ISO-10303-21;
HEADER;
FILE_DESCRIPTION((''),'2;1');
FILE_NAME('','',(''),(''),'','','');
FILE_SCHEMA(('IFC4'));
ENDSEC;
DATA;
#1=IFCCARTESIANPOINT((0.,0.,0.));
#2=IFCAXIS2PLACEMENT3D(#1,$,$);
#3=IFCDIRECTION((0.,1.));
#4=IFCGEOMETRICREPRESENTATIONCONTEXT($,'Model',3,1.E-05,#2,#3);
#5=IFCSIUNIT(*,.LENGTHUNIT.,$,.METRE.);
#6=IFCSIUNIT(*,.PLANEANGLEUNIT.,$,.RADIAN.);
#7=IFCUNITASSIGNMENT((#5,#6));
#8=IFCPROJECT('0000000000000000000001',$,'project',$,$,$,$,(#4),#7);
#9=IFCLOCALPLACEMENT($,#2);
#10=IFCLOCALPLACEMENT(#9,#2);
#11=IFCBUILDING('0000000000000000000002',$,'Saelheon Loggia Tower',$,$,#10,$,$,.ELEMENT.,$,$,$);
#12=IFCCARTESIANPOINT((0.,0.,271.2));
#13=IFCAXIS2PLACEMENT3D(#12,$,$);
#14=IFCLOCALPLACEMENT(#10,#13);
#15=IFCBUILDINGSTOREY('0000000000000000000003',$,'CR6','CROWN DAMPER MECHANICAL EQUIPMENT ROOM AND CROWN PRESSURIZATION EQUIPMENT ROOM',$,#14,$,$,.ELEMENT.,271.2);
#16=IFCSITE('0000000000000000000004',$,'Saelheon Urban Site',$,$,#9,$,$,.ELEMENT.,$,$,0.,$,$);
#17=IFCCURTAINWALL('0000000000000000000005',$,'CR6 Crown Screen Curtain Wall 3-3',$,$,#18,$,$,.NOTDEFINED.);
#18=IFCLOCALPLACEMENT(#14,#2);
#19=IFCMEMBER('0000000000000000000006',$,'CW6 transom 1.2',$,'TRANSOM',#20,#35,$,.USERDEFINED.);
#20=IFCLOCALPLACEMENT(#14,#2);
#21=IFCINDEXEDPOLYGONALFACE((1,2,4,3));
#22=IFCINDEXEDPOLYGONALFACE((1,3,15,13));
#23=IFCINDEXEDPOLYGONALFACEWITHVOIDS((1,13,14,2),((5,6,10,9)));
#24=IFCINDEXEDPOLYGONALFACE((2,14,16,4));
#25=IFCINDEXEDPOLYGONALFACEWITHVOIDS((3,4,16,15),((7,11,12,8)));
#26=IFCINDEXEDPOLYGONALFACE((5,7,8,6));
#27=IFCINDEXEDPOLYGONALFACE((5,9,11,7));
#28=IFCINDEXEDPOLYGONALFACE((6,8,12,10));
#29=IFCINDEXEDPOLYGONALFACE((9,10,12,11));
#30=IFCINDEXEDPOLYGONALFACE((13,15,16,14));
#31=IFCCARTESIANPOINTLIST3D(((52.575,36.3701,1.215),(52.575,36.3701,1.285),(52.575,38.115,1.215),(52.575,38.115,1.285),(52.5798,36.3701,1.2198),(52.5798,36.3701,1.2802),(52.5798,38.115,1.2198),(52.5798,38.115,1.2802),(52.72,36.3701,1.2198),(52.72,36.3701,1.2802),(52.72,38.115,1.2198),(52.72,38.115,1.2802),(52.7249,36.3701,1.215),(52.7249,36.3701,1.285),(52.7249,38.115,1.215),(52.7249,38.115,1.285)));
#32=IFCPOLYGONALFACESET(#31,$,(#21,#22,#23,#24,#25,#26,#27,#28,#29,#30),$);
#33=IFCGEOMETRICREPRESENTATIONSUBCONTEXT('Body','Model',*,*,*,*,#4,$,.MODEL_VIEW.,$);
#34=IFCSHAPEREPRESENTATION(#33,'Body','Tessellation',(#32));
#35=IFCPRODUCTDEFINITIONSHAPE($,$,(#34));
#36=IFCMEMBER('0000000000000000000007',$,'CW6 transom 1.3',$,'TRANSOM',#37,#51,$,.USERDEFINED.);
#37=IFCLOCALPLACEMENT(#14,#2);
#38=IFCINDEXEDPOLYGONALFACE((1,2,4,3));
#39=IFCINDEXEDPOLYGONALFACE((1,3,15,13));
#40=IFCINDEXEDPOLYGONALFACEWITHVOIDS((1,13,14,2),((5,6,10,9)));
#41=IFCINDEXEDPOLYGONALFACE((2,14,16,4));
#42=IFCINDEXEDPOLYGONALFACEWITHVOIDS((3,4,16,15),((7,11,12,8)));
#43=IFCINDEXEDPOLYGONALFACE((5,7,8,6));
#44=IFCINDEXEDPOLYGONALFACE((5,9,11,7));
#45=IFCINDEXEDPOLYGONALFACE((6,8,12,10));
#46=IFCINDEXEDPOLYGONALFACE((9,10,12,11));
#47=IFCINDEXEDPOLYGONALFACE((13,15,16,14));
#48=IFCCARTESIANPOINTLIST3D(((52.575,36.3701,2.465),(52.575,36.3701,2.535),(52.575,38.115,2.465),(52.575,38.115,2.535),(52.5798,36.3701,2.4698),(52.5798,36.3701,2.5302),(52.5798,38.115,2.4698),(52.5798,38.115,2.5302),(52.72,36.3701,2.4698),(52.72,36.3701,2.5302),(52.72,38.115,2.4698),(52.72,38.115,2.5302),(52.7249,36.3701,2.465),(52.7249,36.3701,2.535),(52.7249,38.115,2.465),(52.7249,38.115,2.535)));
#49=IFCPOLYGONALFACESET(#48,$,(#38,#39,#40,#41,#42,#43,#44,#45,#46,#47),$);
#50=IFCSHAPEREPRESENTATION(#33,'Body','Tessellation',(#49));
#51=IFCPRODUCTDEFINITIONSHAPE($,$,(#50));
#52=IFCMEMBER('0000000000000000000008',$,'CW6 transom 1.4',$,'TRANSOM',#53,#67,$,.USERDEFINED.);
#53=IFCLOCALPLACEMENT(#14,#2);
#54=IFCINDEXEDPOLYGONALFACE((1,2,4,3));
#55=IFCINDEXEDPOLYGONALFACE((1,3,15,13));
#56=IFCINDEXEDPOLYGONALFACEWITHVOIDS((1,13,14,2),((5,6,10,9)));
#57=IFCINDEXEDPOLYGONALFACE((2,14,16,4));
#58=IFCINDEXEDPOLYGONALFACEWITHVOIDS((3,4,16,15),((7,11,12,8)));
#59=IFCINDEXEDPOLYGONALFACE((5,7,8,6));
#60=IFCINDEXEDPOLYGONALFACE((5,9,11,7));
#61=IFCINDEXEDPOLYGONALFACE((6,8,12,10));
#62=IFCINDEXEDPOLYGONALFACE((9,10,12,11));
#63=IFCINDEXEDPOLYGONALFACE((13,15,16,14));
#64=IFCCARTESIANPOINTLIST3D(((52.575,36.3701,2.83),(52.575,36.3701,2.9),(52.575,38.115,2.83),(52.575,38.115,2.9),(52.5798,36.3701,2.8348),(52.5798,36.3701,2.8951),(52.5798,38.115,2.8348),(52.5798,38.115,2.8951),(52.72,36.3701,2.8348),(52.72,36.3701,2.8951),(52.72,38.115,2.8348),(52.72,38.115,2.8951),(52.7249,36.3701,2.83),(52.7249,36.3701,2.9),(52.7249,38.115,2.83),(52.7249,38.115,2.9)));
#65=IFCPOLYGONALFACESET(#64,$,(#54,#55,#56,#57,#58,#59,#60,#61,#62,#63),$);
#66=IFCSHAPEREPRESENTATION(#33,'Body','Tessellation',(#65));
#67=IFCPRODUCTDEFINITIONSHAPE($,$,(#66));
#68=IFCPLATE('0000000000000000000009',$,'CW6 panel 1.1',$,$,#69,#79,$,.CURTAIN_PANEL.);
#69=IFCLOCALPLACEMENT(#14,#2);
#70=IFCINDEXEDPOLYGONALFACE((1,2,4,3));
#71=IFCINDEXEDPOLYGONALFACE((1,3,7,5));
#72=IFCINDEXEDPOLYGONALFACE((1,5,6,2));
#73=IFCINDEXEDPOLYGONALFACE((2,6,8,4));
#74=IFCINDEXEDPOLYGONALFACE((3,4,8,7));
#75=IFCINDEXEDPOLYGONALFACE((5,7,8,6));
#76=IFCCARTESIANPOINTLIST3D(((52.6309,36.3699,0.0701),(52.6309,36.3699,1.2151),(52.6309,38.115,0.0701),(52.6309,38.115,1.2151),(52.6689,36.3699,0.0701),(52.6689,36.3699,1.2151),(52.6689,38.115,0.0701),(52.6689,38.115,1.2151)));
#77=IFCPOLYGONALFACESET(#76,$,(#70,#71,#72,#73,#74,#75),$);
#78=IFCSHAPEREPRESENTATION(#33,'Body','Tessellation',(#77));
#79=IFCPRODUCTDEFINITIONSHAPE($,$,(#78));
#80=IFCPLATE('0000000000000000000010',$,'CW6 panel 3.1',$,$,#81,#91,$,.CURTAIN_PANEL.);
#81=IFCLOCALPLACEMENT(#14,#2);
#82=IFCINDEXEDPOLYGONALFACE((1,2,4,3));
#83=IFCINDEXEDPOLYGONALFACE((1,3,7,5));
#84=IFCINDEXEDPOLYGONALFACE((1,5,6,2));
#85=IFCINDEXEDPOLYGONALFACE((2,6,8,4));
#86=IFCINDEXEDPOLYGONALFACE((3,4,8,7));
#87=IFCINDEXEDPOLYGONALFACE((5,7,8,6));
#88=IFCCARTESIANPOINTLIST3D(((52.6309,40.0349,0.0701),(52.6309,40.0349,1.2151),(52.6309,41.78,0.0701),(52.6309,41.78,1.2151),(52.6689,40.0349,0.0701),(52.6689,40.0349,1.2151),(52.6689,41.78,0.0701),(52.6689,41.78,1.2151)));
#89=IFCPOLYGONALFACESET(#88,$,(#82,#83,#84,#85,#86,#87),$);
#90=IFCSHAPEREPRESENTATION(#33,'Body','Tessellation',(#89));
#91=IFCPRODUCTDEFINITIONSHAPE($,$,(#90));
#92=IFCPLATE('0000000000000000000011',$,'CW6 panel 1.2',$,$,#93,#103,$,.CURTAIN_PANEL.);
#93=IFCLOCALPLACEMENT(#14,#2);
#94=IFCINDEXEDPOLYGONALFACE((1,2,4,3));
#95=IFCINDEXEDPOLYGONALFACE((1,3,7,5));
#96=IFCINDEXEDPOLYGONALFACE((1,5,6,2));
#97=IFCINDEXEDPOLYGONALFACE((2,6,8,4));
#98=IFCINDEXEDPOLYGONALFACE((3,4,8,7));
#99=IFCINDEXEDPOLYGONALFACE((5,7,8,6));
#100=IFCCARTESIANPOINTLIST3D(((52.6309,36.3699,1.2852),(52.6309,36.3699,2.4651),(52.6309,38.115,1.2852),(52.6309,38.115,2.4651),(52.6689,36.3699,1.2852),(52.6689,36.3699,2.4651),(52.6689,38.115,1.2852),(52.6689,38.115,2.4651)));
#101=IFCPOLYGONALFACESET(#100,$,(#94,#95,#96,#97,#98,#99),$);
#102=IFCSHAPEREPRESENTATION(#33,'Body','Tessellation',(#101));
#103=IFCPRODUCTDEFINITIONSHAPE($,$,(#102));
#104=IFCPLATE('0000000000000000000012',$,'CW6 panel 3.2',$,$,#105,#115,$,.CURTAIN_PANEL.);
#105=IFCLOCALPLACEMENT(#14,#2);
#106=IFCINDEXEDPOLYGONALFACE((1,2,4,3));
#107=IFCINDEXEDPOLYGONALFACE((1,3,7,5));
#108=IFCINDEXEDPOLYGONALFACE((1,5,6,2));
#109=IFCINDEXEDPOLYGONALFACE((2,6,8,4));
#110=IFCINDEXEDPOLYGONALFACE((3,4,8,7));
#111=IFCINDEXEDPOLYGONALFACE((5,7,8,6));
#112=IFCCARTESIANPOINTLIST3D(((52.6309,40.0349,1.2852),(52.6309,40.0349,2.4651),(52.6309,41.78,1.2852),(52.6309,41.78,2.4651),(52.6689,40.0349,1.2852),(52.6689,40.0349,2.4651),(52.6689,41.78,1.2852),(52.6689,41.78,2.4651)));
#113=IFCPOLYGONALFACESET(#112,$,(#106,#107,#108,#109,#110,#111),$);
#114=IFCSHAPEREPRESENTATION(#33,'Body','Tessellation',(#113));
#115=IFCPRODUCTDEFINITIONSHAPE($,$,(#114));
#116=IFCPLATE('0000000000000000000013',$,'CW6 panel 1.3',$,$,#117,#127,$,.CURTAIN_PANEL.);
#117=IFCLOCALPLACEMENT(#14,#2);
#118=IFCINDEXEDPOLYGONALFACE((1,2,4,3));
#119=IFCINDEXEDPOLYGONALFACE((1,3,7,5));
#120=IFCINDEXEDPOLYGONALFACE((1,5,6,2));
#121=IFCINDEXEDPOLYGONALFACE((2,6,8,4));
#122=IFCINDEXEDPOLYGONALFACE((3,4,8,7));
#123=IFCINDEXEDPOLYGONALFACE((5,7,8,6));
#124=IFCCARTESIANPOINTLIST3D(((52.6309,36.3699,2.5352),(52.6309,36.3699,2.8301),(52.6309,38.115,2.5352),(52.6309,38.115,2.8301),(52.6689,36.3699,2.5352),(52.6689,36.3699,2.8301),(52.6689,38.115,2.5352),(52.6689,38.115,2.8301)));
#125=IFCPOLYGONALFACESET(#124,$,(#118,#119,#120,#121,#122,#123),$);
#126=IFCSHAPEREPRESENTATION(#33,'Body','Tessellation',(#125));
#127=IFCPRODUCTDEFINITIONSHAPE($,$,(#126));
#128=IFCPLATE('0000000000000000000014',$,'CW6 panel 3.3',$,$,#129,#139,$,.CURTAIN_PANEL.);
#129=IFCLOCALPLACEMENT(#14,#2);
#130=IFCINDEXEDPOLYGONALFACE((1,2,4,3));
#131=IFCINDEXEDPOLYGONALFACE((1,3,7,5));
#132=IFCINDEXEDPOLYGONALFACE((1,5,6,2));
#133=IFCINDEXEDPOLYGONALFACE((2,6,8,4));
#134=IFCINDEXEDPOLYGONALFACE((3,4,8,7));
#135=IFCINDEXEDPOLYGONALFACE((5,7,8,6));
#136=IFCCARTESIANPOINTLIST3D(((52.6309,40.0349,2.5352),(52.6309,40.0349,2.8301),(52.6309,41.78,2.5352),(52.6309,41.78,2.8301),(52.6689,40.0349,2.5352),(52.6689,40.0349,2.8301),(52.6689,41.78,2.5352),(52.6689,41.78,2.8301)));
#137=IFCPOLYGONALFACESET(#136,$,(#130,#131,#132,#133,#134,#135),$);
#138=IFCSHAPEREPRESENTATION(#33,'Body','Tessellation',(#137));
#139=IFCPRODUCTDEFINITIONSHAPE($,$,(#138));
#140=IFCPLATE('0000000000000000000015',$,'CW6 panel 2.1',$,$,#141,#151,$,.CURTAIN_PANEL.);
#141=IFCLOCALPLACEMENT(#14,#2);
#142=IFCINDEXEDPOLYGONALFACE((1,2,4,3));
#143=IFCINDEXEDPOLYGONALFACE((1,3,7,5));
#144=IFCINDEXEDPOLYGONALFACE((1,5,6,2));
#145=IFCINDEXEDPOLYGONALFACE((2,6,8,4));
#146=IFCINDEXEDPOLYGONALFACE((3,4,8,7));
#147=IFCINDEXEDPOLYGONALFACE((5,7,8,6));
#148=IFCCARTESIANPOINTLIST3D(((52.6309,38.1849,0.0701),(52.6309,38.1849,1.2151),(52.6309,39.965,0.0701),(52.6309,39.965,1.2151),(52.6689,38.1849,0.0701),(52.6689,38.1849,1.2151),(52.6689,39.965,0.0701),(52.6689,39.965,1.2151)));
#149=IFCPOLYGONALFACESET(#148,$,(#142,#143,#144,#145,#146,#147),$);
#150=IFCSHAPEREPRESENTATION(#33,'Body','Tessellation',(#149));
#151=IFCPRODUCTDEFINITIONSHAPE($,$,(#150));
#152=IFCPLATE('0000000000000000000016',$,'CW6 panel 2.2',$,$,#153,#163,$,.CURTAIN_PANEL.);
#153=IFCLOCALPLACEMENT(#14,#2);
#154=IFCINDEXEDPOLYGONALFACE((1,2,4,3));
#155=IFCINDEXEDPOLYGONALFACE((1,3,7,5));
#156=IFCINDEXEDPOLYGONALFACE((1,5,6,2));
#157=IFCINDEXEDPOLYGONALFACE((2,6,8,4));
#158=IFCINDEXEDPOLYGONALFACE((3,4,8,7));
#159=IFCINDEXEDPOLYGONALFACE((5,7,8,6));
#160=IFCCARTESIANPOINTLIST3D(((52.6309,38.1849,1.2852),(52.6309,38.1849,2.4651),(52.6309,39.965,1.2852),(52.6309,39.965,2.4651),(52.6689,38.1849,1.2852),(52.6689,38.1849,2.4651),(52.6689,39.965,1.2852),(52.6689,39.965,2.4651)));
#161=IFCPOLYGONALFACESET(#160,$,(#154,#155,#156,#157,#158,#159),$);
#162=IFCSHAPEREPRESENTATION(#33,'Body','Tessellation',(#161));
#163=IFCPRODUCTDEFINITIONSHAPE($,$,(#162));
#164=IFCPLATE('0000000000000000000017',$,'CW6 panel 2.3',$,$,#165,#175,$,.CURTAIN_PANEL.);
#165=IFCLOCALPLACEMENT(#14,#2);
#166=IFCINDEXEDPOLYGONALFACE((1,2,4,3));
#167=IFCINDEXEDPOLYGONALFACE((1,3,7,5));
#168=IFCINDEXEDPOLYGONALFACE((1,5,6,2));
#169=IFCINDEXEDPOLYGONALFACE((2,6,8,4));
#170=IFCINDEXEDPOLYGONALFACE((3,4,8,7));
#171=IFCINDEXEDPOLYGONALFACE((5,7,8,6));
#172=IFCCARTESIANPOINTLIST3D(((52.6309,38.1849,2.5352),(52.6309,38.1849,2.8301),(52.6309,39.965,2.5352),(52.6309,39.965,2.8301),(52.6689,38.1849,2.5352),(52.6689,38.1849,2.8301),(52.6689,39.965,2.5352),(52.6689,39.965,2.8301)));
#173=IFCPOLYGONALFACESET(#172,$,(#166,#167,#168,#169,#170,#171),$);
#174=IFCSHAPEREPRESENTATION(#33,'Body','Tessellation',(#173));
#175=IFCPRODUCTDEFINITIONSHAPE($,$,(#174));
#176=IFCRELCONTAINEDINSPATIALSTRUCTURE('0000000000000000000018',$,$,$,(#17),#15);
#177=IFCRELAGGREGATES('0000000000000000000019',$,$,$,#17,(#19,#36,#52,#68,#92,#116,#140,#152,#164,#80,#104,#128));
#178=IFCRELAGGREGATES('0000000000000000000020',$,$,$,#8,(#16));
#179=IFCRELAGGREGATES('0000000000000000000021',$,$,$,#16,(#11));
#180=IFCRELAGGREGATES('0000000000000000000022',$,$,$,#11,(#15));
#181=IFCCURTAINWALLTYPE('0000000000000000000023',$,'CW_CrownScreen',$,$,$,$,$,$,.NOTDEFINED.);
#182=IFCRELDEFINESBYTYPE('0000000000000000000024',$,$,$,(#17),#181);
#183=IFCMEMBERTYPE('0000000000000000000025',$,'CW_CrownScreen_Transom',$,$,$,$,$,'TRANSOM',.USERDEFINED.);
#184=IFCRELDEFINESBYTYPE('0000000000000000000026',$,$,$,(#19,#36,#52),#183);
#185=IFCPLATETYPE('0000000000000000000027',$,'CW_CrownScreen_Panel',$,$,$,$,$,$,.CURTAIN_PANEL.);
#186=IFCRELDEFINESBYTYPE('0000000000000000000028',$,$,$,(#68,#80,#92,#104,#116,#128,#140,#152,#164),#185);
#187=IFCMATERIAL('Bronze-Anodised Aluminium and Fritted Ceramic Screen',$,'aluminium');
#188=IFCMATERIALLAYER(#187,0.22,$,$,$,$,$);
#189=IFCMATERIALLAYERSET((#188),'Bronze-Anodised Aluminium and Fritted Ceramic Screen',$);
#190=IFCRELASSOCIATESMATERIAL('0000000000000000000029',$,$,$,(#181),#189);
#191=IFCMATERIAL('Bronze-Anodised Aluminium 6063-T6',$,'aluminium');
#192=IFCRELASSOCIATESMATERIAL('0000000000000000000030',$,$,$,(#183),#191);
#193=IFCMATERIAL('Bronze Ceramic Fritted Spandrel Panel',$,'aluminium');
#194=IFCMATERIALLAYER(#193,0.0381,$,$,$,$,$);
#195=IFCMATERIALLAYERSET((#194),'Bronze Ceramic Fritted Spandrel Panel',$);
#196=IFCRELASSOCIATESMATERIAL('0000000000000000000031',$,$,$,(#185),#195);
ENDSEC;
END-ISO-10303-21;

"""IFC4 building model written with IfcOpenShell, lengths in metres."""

from ifc_helpers import new_model, si_unit, direction, frame, origin, origin_2d, place, context, subcontext, project, spatial, rectangle, hollow_rectangle, extrude, source, transform, mapped, material, layer, layer_set, material_profile, profile_set, type_object, element, aggregate, save


model = new_model("IFC4")

# Units and contexts
model_context = context("Model", 3, precision=1e-05, world=origin(), true_north=direction((0.0, 1.0)))
body_context = subcontext(model_context, "Body", "Model", "MODEL_VIEW")
ifc_project = project(units=[si_unit("LENGTHUNIT", "METRE"), si_unit("PLANEANGLEUNIT", "RADIAN")], contexts=[model_context])

# Site, building, storey
site_placement = place(None, origin())
site = spatial("IfcSite", under=ifc_project, at=site_placement, Name="Saelheon Urban Site", CompositionType="ELEMENT", RefElevation=0.0)
building_placement = place(site_placement, origin())
building = spatial("IfcBuilding", under=site, at=building_placement, Name="Saelheon Loggia Tower", CompositionType="ELEMENT")
storey_placement = place(building_placement, frame((0.0, 0.0, 271.2)))
storey = spatial("IfcBuildingStorey", under=building, at=storey_placement, Name="CR6", Description="CROWN DAMPER MECHANICAL EQUIPMENT ROOM AND CROWN PRESSURIZATION EQUIPMENT ROOM", CompositionType="ELEMENT", Elevation=271.2)

# Curtain wall, members, plates
ifc_material_1 = material(Name="Bronze-Anodised Aluminium and Fritted Ceramic Screen", Category="aluminium")
ifc_layer_1 = layer(ifc_material_1, 0.22)
ifc_layer_set_1 = layer_set([ifc_layer_1], Name="Bronze-Anodised Aluminium and Fritted Ceramic Screen")
curtain_wall_type = type_object("IfcCurtainWallType", Name="CW_CrownScreen", PredefinedType="NOTDEFINED", material=ifc_layer_set_1)
curtain_wall_placement = place(storey_placement, origin())
curtain_wall = element("IfcCurtainWall", 1, at=curtain_wall_placement, inside=storey, type_object=curtain_wall_type, Name="CR6 Crown Screen Curtain Wall 3-3", PredefinedType="NOTDEFINED")
ifc_material_2 = material(Name="Bronze-Anodised Aluminium 6063-T6", Category="aluminium")
ifc_material_profile_1 = material_profile(ifc_material_2, hollow_rectangle(XDim=0.0701, YDim=0.1499, WallThickness=0.0049, at=origin_2d()), Name="RHS-150x70x5")
ifc_profile_set_1 = profile_set([ifc_material_profile_1], Name="Bronze-Anodised Aluminium 6063-T6")
member_type_1 = type_object("IfcMemberType", Name="CW_CrownScreen_Transom", ElementType="TRANSOM", PredefinedType="USERDEFINED", material=ifc_profile_set_1)
shared_shape_1 = source(origin(), body_context, "Body", "SweptSolid", [
    extrude(hollow_rectangle(XDim=0.0701, YDim=0.1499, WallThickness=0.0049, at=origin_2d()), origin(), (0.0, 0.0, 1.0), 1.7449),
])
member_1_placement = place(storey_placement, frame((52.6499, 36.3701, 1.25), z_axis=(0.0, 1.0, 0.0), x_axis=(0.0, 0.0, 1.0)))
member_1 = element("IfcMember", 2, at=member_1_placement, type_object=member_type_1, Name="CW6 transom 1.2", ObjectType="TRANSOM", PredefinedType="USERDEFINED", context=body_context, shape_type="MappedRepresentation", body=[
    mapped(shared_shape_1, transform((0.0, 0.0, 0.0), scale=1.0)),
])
member_2_placement = place(storey_placement, frame((52.6499, 36.3701, 2.5), z_axis=(0.0, 1.0, 0.0), x_axis=(0.0, 0.0, 1.0)))
member_2 = element("IfcMember", 3, at=member_2_placement, type_object=member_type_1, Name="CW6 transom 1.3", ObjectType="TRANSOM", PredefinedType="USERDEFINED", context=body_context, shape_type="MappedRepresentation", body=[
    mapped(shared_shape_1, transform((0.0, 0.0, 0.0), scale=1.0)),
])
member_3_placement = place(storey_placement, frame((52.6499, 36.3701, 2.865), z_axis=(0.0, 1.0, 0.0), x_axis=(0.0, 0.0, 1.0)))
member_3 = element("IfcMember", 4, at=member_3_placement, type_object=member_type_1, Name="CW6 transom 1.4", ObjectType="TRANSOM", PredefinedType="USERDEFINED", context=body_context, shape_type="MappedRepresentation", body=[
    mapped(shared_shape_1, transform((0.0, 0.0, 0.0), scale=1.0)),
])
ifc_material_3 = material(Name="Bronze Ceramic Fritted Spandrel Panel", Category="aluminium")
ifc_layer_2 = layer(ifc_material_3, 0.0381)
ifc_layer_set_2 = layer_set([ifc_layer_2], Name="Bronze Ceramic Fritted Spandrel Panel")
plate_type = type_object("IfcPlateType", Name="CW_CrownScreen_Panel", PredefinedType="CURTAIN_PANEL", material=ifc_layer_set_2)
shared_shape_2 = source(origin(), body_context, "Body", "SweptSolid", [
    extrude(rectangle(XDim=1.7451, YDim=0.0381, at=origin_2d()), origin(), (0.0, 0.0, 1.0), 1.145),
])
plate_1_placement = place(storey_placement, frame((52.6499, 37.2424, 0.0701), z_axis=(0.0, 0.0, 1.0), x_axis=(0.0, 1.0, 0.0)))
plate_1 = element("IfcPlate", 5, at=plate_1_placement, type_object=plate_type, Name="CW6 panel 1.1", PredefinedType="CURTAIN_PANEL", context=body_context, shape_type="MappedRepresentation", body=[
    mapped(shared_shape_2, transform((0.0, 0.0, 0.0), scale=1.0)),
])
plate_2_placement = place(storey_placement, frame((52.6499, 40.9075, 0.0701), z_axis=(0.0, 0.0, 1.0), x_axis=(0.0, 1.0, 0.0)))
plate_2 = element("IfcPlate", 6, at=plate_2_placement, type_object=plate_type, Name="CW6 panel 3.1", PredefinedType="CURTAIN_PANEL", context=body_context, shape_type="MappedRepresentation", body=[
    mapped(shared_shape_2, transform((0.0, 0.0, 0.0), scale=1.0)),
])
shared_shape_3 = source(origin(), body_context, "Body", "SweptSolid", [
    extrude(rectangle(XDim=1.7451, YDim=0.0381, at=origin_2d()), origin(), (0.0, 0.0, 1.0), 1.1799),
])
plate_3_placement = place(storey_placement, frame((52.6499, 37.2424, 1.2852), z_axis=(0.0, 0.0, 1.0), x_axis=(0.0, 1.0, 0.0)))
plate_3 = element("IfcPlate", 7, at=plate_3_placement, type_object=plate_type, Name="CW6 panel 1.2", PredefinedType="CURTAIN_PANEL", context=body_context, shape_type="MappedRepresentation", body=[
    mapped(shared_shape_3, transform((0.0, 0.0, 0.0), scale=1.0)),
])
plate_4_placement = place(storey_placement, frame((52.6499, 40.9075, 1.2852), z_axis=(0.0, 0.0, 1.0), x_axis=(0.0, 1.0, 0.0)))
plate_4 = element("IfcPlate", 8, at=plate_4_placement, type_object=plate_type, Name="CW6 panel 3.2", PredefinedType="CURTAIN_PANEL", context=body_context, shape_type="MappedRepresentation", body=[
    mapped(shared_shape_3, transform((0.0, 0.0, 0.0), scale=1.0)),
])
shared_shape_4 = source(origin(), body_context, "Body", "SweptSolid", [
    extrude(rectangle(XDim=1.7451, YDim=0.0381, at=origin_2d()), origin(), (0.0, 0.0, 1.0), 0.2949),
])
plate_5_placement = place(storey_placement, frame((52.6499, 37.2424, 2.5352), z_axis=(0.0, 0.0, 1.0), x_axis=(0.0, 1.0, 0.0)))
plate_5 = element("IfcPlate", 9, at=plate_5_placement, type_object=plate_type, Name="CW6 panel 1.3", PredefinedType="CURTAIN_PANEL", context=body_context, shape_type="MappedRepresentation", body=[
    mapped(shared_shape_4, transform((0.0, 0.0, 0.0), scale=1.0)),
])
plate_6_placement = place(storey_placement, frame((52.6499, 40.9075, 2.5352), z_axis=(0.0, 0.0, 1.0), x_axis=(0.0, 1.0, 0.0)))
plate_6 = element("IfcPlate", 10, at=plate_6_placement, type_object=plate_type, Name="CW6 panel 3.3", PredefinedType="CURTAIN_PANEL", context=body_context, shape_type="MappedRepresentation", body=[
    mapped(shared_shape_4, transform((0.0, 0.0, 0.0), scale=1.0)),
])
shared_shape_5 = source(origin(), body_context, "Body", "SweptSolid", [
    extrude(rectangle(XDim=1.78, YDim=0.0381, at=origin_2d()), origin(), (0.0, 0.0, 1.0), 1.145),
])
plate_7_placement = place(storey_placement, frame((52.6499, 39.075, 0.0701), z_axis=(0.0, 0.0, 1.0), x_axis=(0.0, 1.0, 0.0)))
plate_7 = element("IfcPlate", 11, at=plate_7_placement, type_object=plate_type, Name="CW6 panel 2.1", PredefinedType="CURTAIN_PANEL", context=body_context, shape_type="MappedRepresentation", body=[
    mapped(shared_shape_5, transform((0.0, 0.0, 0.0), scale=1.0)),
])
shared_shape_6 = source(origin(), body_context, "Body", "SweptSolid", [
    extrude(rectangle(XDim=1.78, YDim=0.0381, at=origin_2d()), origin(), (0.0, 0.0, 1.0), 1.1799),
])
plate_8_placement = place(storey_placement, frame((52.6499, 39.075, 1.2852), z_axis=(0.0, 0.0, 1.0), x_axis=(0.0, 1.0, 0.0)))
plate_8 = element("IfcPlate", 12, at=plate_8_placement, type_object=plate_type, Name="CW6 panel 2.2", PredefinedType="CURTAIN_PANEL", context=body_context, shape_type="MappedRepresentation", body=[
    mapped(shared_shape_6, transform((0.0, 0.0, 0.0), scale=1.0)),
])
shared_shape_7 = source(origin(), body_context, "Body", "SweptSolid", [
    extrude(rectangle(XDim=1.78, YDim=0.0381, at=origin_2d()), origin(), (0.0, 0.0, 1.0), 0.2949),
])
plate_9_placement = place(storey_placement, frame((52.6499, 39.075, 2.5352), z_axis=(0.0, 0.0, 1.0), x_axis=(0.0, 1.0, 0.0)))
plate_9 = element("IfcPlate", 13, at=plate_9_placement, type_object=plate_type, Name="CW6 panel 2.3", PredefinedType="CURTAIN_PANEL", context=body_context, shape_type="MappedRepresentation", body=[
    mapped(shared_shape_7, transform((0.0, 0.0, 0.0), scale=1.0)),
])
aggregate(curtain_wall, [member_1, member_2, member_3, plate_1, plate_3, plate_5, plate_7, plate_8, plate_9, plate_2, plate_4, plate_6])

save(model, "model.ifc")
